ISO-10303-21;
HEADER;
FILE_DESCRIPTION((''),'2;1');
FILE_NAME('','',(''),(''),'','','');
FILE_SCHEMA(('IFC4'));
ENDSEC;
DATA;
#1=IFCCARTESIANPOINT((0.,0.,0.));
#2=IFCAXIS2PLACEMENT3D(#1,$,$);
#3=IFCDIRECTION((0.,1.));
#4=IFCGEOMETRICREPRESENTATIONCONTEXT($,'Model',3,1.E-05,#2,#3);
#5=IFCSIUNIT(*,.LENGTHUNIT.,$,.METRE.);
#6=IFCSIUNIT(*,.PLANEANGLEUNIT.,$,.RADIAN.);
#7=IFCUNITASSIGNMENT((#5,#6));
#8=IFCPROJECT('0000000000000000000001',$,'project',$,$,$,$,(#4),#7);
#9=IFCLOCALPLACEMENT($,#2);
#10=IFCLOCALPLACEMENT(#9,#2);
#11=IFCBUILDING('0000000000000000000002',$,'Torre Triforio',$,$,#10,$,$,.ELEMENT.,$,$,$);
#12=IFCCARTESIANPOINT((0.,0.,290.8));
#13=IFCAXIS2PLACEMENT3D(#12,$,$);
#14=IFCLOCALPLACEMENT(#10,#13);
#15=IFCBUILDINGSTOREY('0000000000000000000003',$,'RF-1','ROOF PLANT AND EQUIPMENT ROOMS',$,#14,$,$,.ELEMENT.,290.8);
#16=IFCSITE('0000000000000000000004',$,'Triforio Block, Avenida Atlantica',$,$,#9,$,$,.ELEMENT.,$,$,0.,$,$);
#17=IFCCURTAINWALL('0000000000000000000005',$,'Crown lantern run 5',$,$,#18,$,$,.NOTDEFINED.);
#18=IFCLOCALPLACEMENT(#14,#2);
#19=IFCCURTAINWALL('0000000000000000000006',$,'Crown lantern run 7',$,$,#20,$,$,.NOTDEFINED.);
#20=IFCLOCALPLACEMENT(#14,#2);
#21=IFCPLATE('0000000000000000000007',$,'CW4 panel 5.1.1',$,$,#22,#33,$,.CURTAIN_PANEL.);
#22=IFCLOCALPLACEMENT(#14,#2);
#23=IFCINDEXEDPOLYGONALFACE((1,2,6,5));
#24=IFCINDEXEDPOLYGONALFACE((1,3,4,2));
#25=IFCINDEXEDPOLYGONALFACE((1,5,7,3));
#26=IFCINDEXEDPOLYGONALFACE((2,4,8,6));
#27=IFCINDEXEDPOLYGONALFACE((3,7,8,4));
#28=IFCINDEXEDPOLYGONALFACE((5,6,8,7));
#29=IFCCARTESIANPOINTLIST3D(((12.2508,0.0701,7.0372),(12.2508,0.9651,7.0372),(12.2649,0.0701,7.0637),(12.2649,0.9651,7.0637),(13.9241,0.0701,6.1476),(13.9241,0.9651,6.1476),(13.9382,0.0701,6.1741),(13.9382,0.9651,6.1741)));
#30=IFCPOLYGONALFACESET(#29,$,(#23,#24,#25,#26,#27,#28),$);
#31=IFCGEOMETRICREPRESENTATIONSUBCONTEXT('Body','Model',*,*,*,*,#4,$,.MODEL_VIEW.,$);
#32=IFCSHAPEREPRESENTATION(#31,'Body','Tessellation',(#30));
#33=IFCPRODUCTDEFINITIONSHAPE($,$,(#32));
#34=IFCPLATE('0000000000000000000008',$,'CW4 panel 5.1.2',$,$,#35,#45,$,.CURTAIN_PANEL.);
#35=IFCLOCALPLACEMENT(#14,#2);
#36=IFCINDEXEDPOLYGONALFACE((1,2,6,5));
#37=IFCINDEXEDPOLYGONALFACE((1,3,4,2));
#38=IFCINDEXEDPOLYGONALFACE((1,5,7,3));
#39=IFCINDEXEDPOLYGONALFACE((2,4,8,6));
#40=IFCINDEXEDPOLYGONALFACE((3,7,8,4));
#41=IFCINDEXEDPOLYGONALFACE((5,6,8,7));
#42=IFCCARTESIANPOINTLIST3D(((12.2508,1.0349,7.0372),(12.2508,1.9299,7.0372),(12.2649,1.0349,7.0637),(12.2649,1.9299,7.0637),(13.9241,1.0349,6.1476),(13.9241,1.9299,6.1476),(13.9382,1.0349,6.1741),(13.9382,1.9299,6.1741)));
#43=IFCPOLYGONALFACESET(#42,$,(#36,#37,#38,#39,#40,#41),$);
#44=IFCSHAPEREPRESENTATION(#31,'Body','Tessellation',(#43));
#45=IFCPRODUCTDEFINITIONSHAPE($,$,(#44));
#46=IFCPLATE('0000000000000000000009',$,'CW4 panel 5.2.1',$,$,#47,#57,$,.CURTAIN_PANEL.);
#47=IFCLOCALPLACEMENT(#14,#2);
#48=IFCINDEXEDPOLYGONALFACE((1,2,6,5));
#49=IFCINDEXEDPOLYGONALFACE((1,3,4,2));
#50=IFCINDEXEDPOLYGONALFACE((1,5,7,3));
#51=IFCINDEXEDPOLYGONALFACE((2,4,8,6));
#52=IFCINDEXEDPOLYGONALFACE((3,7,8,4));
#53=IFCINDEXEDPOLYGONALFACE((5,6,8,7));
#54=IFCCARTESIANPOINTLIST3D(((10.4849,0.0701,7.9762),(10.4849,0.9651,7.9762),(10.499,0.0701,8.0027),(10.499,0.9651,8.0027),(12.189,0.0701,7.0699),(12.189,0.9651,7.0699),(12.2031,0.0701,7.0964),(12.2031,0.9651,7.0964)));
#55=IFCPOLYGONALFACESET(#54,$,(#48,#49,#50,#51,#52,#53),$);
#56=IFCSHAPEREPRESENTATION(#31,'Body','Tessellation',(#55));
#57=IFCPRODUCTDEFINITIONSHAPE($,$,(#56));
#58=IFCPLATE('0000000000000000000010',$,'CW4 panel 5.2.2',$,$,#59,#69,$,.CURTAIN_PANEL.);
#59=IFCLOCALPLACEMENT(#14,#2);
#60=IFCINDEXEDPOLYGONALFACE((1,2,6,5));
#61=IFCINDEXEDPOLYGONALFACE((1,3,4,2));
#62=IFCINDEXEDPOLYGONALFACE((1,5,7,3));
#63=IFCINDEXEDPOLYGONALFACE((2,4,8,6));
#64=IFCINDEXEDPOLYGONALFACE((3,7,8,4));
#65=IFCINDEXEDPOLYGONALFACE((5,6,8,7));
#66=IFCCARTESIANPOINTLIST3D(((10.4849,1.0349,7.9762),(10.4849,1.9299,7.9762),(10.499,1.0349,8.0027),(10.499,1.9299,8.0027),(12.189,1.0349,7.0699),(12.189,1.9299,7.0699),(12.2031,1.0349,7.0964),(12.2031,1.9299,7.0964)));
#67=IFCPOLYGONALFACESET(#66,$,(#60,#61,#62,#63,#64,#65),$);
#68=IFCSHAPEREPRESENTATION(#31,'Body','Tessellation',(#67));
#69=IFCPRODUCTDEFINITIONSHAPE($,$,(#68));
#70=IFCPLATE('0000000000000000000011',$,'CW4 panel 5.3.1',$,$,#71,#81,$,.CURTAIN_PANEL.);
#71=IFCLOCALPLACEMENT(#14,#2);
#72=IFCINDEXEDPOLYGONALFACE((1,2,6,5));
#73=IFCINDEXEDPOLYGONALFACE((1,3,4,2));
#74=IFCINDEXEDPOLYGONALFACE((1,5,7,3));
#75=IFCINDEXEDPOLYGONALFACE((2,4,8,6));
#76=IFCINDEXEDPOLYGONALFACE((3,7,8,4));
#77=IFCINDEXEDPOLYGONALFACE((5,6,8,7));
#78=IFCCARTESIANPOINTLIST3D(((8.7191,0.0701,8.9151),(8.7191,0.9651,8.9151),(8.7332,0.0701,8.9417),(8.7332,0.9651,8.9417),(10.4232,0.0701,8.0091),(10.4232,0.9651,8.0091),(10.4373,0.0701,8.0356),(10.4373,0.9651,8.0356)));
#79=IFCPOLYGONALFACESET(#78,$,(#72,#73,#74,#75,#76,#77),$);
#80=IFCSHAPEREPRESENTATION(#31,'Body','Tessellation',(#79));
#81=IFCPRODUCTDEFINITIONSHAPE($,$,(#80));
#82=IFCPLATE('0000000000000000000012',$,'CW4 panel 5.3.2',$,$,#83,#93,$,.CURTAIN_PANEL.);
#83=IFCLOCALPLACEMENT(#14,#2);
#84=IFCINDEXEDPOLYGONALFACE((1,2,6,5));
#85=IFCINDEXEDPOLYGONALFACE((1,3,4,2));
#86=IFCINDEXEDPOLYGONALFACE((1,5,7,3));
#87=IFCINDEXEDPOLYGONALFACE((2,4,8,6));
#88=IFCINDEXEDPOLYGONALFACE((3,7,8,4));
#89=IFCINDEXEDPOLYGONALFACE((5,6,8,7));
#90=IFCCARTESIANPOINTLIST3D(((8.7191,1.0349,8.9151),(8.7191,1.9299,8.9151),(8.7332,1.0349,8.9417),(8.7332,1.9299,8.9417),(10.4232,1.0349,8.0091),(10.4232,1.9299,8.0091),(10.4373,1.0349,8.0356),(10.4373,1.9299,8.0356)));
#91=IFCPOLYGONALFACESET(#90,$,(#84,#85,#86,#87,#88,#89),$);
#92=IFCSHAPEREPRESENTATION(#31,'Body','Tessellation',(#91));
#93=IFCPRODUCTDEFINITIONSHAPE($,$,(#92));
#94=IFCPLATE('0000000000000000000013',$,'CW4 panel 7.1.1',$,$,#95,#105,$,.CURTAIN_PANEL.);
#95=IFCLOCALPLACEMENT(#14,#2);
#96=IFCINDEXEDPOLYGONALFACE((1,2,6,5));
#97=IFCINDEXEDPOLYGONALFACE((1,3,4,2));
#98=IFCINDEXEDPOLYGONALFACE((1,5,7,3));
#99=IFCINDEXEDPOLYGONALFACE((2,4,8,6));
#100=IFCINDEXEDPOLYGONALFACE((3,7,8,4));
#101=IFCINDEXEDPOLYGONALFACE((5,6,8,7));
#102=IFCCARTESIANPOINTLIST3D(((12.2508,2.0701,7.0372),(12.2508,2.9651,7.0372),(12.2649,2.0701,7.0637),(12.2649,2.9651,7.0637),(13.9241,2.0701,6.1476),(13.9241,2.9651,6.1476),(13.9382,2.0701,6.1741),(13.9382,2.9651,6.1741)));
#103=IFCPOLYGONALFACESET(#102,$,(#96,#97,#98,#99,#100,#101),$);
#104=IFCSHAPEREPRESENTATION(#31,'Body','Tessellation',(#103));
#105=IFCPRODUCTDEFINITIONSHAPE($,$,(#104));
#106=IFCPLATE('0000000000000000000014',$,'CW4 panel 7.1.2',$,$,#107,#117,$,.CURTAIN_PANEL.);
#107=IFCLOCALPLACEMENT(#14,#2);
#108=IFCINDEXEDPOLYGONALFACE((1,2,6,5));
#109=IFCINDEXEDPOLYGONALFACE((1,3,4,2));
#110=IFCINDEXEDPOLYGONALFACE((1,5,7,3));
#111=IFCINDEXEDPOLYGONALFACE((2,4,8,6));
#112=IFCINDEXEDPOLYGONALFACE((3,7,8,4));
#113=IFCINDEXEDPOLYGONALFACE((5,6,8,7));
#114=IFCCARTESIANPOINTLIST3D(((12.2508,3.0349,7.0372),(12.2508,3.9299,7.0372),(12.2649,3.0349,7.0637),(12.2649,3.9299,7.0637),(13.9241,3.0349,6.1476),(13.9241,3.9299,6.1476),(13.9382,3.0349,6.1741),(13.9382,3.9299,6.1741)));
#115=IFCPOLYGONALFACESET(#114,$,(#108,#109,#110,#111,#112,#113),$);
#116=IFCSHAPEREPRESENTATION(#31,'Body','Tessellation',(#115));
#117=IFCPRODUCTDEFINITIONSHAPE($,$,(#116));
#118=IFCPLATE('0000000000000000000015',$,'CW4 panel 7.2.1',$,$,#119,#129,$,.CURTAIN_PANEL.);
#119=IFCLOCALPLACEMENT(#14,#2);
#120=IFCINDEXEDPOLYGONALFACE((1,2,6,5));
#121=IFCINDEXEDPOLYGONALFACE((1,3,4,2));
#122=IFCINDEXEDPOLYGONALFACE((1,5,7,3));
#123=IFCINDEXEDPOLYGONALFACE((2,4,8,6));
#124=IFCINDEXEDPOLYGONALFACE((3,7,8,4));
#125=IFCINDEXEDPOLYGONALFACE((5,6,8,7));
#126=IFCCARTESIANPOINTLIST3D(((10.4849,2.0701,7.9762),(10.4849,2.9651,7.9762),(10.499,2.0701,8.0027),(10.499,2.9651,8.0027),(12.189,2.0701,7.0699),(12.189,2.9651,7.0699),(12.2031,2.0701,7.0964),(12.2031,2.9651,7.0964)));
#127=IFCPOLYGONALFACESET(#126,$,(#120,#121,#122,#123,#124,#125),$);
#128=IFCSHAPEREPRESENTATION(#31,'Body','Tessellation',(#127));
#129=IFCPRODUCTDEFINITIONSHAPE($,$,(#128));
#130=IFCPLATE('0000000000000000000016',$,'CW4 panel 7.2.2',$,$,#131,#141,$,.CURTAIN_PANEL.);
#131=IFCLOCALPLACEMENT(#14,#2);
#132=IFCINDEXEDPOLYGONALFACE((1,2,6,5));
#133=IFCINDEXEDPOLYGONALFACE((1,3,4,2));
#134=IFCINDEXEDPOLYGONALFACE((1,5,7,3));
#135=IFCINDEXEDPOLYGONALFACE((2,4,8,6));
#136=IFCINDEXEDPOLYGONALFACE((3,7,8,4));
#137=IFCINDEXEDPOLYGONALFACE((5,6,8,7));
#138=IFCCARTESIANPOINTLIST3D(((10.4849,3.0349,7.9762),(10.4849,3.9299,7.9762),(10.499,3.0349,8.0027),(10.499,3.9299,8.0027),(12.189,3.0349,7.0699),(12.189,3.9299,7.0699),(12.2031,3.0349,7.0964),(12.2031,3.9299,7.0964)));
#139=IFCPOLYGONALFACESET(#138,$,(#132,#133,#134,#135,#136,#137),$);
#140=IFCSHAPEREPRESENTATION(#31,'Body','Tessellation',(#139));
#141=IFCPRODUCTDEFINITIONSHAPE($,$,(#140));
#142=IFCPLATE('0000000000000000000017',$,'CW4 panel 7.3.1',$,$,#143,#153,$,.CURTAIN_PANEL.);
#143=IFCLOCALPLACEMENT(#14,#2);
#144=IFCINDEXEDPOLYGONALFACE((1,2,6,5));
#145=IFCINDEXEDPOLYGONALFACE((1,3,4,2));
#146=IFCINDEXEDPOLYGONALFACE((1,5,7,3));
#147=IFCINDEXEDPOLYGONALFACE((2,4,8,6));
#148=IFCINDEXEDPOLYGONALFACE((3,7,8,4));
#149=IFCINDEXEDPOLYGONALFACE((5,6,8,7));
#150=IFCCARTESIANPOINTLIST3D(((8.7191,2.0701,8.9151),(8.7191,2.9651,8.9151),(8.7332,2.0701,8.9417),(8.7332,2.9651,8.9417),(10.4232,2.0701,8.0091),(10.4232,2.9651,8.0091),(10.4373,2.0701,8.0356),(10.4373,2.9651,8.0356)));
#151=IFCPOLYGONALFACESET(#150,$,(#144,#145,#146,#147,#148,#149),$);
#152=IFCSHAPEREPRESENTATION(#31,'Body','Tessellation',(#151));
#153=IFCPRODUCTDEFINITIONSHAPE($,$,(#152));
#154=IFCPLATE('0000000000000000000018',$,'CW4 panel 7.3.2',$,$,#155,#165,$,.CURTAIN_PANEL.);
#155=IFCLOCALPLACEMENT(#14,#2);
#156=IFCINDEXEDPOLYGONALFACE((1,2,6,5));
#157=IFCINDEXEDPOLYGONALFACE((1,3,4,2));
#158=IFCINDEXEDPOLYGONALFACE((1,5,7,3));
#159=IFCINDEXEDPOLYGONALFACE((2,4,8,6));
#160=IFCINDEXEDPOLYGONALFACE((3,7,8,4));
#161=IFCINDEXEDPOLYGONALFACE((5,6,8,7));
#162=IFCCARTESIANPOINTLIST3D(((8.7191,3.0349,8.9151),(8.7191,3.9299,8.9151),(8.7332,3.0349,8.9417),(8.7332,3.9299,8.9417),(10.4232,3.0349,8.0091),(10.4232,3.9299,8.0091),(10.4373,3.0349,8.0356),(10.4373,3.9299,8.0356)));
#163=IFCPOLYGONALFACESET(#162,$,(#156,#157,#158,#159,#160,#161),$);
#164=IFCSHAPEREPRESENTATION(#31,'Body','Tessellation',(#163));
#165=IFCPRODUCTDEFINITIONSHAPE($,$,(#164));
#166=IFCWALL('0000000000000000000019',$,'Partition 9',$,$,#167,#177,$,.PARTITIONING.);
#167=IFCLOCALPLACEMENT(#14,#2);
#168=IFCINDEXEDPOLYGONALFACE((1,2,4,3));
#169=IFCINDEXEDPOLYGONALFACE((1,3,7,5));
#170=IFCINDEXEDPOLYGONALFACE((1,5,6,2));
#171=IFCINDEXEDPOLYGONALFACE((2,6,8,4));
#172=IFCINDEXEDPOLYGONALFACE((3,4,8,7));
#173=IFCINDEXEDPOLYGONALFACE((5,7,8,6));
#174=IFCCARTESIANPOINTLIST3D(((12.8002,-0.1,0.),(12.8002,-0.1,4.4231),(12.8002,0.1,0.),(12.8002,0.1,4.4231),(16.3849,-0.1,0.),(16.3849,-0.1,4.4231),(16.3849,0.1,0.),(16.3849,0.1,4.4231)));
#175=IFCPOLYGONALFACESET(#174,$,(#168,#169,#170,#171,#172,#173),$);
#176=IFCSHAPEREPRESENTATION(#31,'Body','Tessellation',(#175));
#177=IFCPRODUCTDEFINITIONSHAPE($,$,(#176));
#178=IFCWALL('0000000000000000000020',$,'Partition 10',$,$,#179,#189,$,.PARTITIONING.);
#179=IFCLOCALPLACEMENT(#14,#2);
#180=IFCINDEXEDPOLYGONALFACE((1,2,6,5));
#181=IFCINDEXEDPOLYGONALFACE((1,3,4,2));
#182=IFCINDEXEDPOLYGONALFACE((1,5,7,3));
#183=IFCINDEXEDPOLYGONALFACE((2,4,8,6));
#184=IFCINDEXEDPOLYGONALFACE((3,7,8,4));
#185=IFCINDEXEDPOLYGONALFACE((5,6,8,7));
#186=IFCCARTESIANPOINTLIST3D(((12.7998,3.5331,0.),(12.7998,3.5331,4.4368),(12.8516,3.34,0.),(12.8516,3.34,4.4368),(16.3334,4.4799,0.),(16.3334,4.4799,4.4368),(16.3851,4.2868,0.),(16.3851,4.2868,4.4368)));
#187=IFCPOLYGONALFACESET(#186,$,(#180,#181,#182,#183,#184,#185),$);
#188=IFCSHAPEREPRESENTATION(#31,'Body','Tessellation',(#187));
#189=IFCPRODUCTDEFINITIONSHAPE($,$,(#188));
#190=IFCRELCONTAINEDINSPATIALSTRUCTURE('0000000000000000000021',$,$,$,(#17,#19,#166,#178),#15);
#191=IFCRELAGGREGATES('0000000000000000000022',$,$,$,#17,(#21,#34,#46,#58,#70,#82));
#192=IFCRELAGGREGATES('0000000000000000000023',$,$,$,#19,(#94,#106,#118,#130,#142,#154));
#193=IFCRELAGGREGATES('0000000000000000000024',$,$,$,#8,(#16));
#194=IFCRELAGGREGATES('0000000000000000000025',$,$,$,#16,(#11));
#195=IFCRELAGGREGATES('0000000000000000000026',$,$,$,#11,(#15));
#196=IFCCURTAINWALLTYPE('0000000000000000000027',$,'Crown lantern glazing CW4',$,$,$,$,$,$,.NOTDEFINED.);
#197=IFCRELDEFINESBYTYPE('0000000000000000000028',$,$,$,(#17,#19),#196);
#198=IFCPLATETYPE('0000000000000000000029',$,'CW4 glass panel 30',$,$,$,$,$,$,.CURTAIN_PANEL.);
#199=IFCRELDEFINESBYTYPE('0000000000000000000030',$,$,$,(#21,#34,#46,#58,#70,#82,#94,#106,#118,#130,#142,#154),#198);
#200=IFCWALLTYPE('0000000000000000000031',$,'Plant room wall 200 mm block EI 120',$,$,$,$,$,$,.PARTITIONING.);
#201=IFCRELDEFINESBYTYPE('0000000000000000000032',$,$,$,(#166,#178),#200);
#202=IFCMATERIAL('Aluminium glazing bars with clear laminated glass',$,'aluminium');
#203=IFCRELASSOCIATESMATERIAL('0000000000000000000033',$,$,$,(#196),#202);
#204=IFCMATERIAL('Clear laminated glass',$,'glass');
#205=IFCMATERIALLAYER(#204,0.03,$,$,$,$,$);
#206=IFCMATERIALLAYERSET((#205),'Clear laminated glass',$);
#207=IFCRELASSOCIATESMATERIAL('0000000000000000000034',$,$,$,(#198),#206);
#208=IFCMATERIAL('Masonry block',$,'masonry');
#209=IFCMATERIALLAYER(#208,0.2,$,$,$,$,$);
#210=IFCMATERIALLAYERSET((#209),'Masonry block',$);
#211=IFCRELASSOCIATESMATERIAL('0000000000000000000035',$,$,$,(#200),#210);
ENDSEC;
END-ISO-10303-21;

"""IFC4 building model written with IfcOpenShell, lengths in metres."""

from ifc_helpers import new_model, si_unit, direction, frame, frame_2d, origin, place, context, subcontext, project, spatial, polyline, rectangle, outline, extrude, material, layer, layer_set, type_object, element, aggregate, save


model = new_model("IFC4")

# Units and contexts
model_context = context("Model", 3, precision=1e-05, world=origin(), true_north=direction((0.0, 1.0)))
body_context = subcontext(model_context, "Body", "Model", "MODEL_VIEW")
ifc_project = project(units=[si_unit("LENGTHUNIT", "METRE"), si_unit("PLANEANGLEUNIT", "RADIAN")], contexts=[model_context])

# Site, building, storey
site_placement = place(None, origin())
site = spatial("IfcSite", under=ifc_project, at=site_placement, Name="Triforio Block, Avenida Atlantica", CompositionType="ELEMENT", RefElevation=0.0)
building_placement = place(site_placement, origin())
building = spatial("IfcBuilding", under=site, at=building_placement, Name="Torre Triforio", CompositionType="ELEMENT")
storey_placement = place(building_placement, frame((0.0, 0.0, 290.8)))
storey = spatial("IfcBuildingStorey", under=building, at=storey_placement, Name="RF-1", Description="ROOF PLANT AND EQUIPMENT ROOMS", CompositionType="ELEMENT", Elevation=290.8)

# Curtain walls
ifc_material_1 = material(Name="Aluminium glazing bars with clear laminated glass", Category="aluminium")
curtain_wall_type = type_object("IfcCurtainWallType", Name="Crown lantern glazing CW4", PredefinedType="NOTDEFINED", material=ifc_material_1)
curtain_wall_1_placement = place(storey_placement, origin())
curtain_wall_1 = element("IfcCurtainWall", 1, at=curtain_wall_1_placement, inside=storey, type_object=curtain_wall_type, Name="Crown lantern run 5", PredefinedType="NOTDEFINED")
curtain_wall_2_placement = place(storey_placement, origin())
curtain_wall_2 = element("IfcCurtainWall", 2, at=curtain_wall_2_placement, inside=storey, type_object=curtain_wall_type, Name="Crown lantern run 7", PredefinedType="NOTDEFINED")

# Plates
ifc_material_2 = material(Name="Clear laminated glass", Category="glass")
ifc_layer_1 = layer(ifc_material_2, 0.03)
ifc_layer_set_1 = layer_set([ifc_layer_1], Name="Clear laminated glass")
plate_type = type_object("IfcPlateType", Name="CW4 glass panel 30", PredefinedType="CURTAIN_PANEL", material=ifc_layer_set_1)
plate_1_placement = place(storey_placement, frame((13.9382, 0.0701, 6.1741), z_axis=(0.469438, 0.0, 0.882966), x_axis=(0.0, 1.0, 0.0)))
plate_1 = element("IfcPlate", 3, at=plate_1_placement, type_object=plate_type, Name="CW4 panel 5.1.1", PredefinedType="CURTAIN_PANEL", context=body_context, shape_type="SweptSolid", body=[
    extrude(outline(polyline([(0.0, 0.0), (0.895, 0.0), (0.895, 1.8951), (0.0, 1.8951), (0.0, 0.0)])), origin(), (0.0, 0.0, -1.0), 0.03),
])
plate_2_placement = place(storey_placement, frame((13.9382, 1.0349, 6.1741), z_axis=(0.469438, 0.0, 0.882966), x_axis=(0.0, 1.0, 0.0)))
plate_2 = element("IfcPlate", 4, at=plate_2_placement, type_object=plate_type, Name="CW4 panel 5.1.2", PredefinedType="CURTAIN_PANEL", context=body_context, shape_type="SweptSolid", body=[
    extrude(outline(polyline([(0.0, 0.0), (0.895, 0.0), (0.895, 1.8951), (0.0, 1.8951), (0.0, 0.0)])), origin(), (0.0, 0.0, -1.0), 0.03),
])
plate_3_placement = place(storey_placement, frame((12.2031, 0.0701, 7.0964), z_axis=(0.469537, 0.0, 0.882913), x_axis=(0.0, 1.0, 0.0)))
plate_3 = element("IfcPlate", 5, at=plate_3_placement, type_object=plate_type, Name="CW4 panel 5.2.1", PredefinedType="CURTAIN_PANEL", context=body_context, shape_type="SweptSolid", body=[
    extrude(outline(polyline([(0.0, 0.0), (0.895, 0.0), (0.895, 1.9301), (0.0, 1.9301), (0.0, 0.0)])), origin(), (0.0, 0.0, -1.0), 0.03),
])
plate_4_placement = place(storey_placement, frame((12.2031, 1.0349, 7.0964), z_axis=(0.469537, 0.0, 0.882913), x_axis=(0.0, 1.0, 0.0)))
plate_4 = element("IfcPlate", 6, at=plate_4_placement, type_object=plate_type, Name="CW4 panel 5.2.2", PredefinedType="CURTAIN_PANEL", context=body_context, shape_type="SweptSolid", body=[
    extrude(outline(polyline([(0.0, 0.0), (0.895, 0.0), (0.895, 1.9301), (0.0, 1.9301), (0.0, 0.0)])), origin(), (0.0, 0.0, -1.0), 0.03),
])
plate_5_placement = place(storey_placement, frame((10.4373, 0.0701, 8.0356), z_axis=(0.469439, 0.0, 0.882965), x_axis=(0.0, 1.0, 0.0)))
plate_5 = element("IfcPlate", 7, at=plate_5_placement, type_object=plate_type, Name="CW4 panel 5.3.1", PredefinedType="CURTAIN_PANEL", context=body_context, shape_type="SweptSolid", body=[
    extrude(outline(polyline([(0.0, 0.0), (0.895, 0.0), (0.895, 1.93), (0.0, 1.93), (0.0, 0.0)])), origin(), (0.0, 0.0, -1.0), 0.03),
])
plate_6_placement = place(storey_placement, frame((10.4373, 1.0349, 8.0356), z_axis=(0.469439, 0.0, 0.882965), x_axis=(0.0, 1.0, 0.0)))
plate_6 = element("IfcPlate", 8, at=plate_6_placement, type_object=plate_type, Name="CW4 panel 5.3.2", PredefinedType="CURTAIN_PANEL", context=body_context, shape_type="SweptSolid", body=[
    extrude(outline(polyline([(0.0, 0.0), (0.895, 0.0), (0.895, 1.93), (0.0, 1.93), (0.0, 0.0)])), origin(), (0.0, 0.0, -1.0), 0.03),
])
aggregate(curtain_wall_1, [plate_1, plate_2, plate_3, plate_4, plate_5, plate_6])
plate_7_placement = place(storey_placement, frame((13.9382, 2.0701, 6.1741), z_axis=(0.469438, 0.0, 0.882966), x_axis=(0.0, 1.0, 0.0)))
plate_7 = element("IfcPlate", 9, at=plate_7_placement, type_object=plate_type, Name="CW4 panel 7.1.1", PredefinedType="CURTAIN_PANEL", context=body_context, shape_type="SweptSolid", body=[
    extrude(outline(polyline([(0.0, 0.0), (0.895, 0.0), (0.895, 1.8951), (0.0, 1.8951), (0.0, 0.0)])), origin(), (0.0, 0.0, -1.0), 0.03),
])
plate_8_placement = place(storey_placement, frame((13.9382, 3.0349, 6.1741), z_axis=(0.469438, 0.0, 0.882966), x_axis=(0.0, 1.0, 0.0)))
plate_8 = element("IfcPlate", 10, at=plate_8_placement, type_object=plate_type, Name="CW4 panel 7.1.2", PredefinedType="CURTAIN_PANEL", context=body_context, shape_type="SweptSolid", body=[
    extrude(outline(polyline([(0.0, 0.0), (0.895, 0.0), (0.895, 1.8951), (0.0, 1.8951), (0.0, 0.0)])), origin(), (0.0, 0.0, -1.0), 0.03),
])
plate_9_placement = place(storey_placement, frame((12.2031, 2.0701, 7.0964), z_axis=(0.469537, 0.0, 0.882913), x_axis=(0.0, 1.0, 0.0)))
plate_9 = element("IfcPlate", 11, at=plate_9_placement, type_object=plate_type, Name="CW4 panel 7.2.1", PredefinedType="CURTAIN_PANEL", context=body_context, shape_type="SweptSolid", body=[
    extrude(outline(polyline([(0.0, 0.0), (0.895, 0.0), (0.895, 1.9301), (0.0, 1.9301), (0.0, 0.0)])), origin(), (0.0, 0.0, -1.0), 0.03),
])
plate_10_placement = place(storey_placement, frame((12.2031, 3.0349, 7.0964), z_axis=(0.469537, 0.0, 0.882913), x_axis=(0.0, 1.0, 0.0)))
plate_10 = element("IfcPlate", 12, at=plate_10_placement, type_object=plate_type, Name="CW4 panel 7.2.2", PredefinedType="CURTAIN_PANEL", context=body_context, shape_type="SweptSolid", body=[
    extrude(outline(polyline([(0.0, 0.0), (0.895, 0.0), (0.895, 1.9301), (0.0, 1.9301), (0.0, 0.0)])), origin(), (0.0, 0.0, -1.0), 0.03),
])
plate_11_placement = place(storey_placement, frame((10.4373, 2.0701, 8.0356), z_axis=(0.469439, 0.0, 0.882965), x_axis=(0.0, 1.0, 0.0)))
plate_11 = element("IfcPlate", 13, at=plate_11_placement, type_object=plate_type, Name="CW4 panel 7.3.1", PredefinedType="CURTAIN_PANEL", context=body_context, shape_type="SweptSolid", body=[
    extrude(outline(polyline([(0.0, 0.0), (0.895, 0.0), (0.895, 1.93), (0.0, 1.93), (0.0, 0.0)])), origin(), (0.0, 0.0, -1.0), 0.03),
])
plate_12_placement = place(storey_placement, frame((10.4373, 3.0349, 8.0356), z_axis=(0.469439, 0.0, 0.882965), x_axis=(0.0, 1.0, 0.0)))
plate_12 = element("IfcPlate", 14, at=plate_12_placement, type_object=plate_type, Name="CW4 panel 7.3.2", PredefinedType="CURTAIN_PANEL", context=body_context, shape_type="SweptSolid", body=[
    extrude(outline(polyline([(0.0, 0.0), (0.895, 0.0), (0.895, 1.93), (0.0, 1.93), (0.0, 0.0)])), origin(), (0.0, 0.0, -1.0), 0.03),
])
aggregate(curtain_wall_2, [plate_7, plate_8, plate_9, plate_10, plate_11, plate_12])

# Walls
ifc_material_3 = material(Name="Masonry block", Category="masonry")
ifc_layer_2 = layer(ifc_material_3, 0.2)
ifc_layer_set_2 = layer_set([ifc_layer_2], Name="Masonry block")
wall_type_1 = type_object("IfcWallType", Name="Plant room wall 200 mm block EI 120", PredefinedType="PARTITIONING", material=ifc_layer_set_2)
wall_1_placement = place(storey_placement, frame((12.8, 0.0, 0.0), z_axis=(0.0, 0.0, 1.0), x_axis=(1.0, 0.0, 0.0)))
element("IfcWall", 15, at=wall_1_placement, inside=storey, type_object=wall_type_1, Name="Partition 9", PredefinedType="PARTITIONING", context=body_context, shape_type="SweptSolid", body=[
    extrude(rectangle(XDim=3.5847, YDim=0.2, at=frame_2d((1.7925, 0.0))), origin(), (0.0, 0.0, 1.0), 4.4231),
])
wall_2_placement = place(storey_placement, frame((12.8257, 3.4365, 0.0), z_axis=(0.0, 0.0, 1.0), x_axis=(0.965926, 0.258817, 0.0)))
element("IfcWall", 16, at=wall_2_placement, inside=storey, type_object=wall_type_1, Name="Partition 10", PredefinedType="PARTITIONING", context=body_context, shape_type="SweptSolid", body=[
    extrude(rectangle(XDim=3.6582, YDim=0.2, at=frame_2d((1.8291, 0.0))), origin(), (0.0, 0.0, 1.0), 4.4368),
])

save(model, "model.ifc")
